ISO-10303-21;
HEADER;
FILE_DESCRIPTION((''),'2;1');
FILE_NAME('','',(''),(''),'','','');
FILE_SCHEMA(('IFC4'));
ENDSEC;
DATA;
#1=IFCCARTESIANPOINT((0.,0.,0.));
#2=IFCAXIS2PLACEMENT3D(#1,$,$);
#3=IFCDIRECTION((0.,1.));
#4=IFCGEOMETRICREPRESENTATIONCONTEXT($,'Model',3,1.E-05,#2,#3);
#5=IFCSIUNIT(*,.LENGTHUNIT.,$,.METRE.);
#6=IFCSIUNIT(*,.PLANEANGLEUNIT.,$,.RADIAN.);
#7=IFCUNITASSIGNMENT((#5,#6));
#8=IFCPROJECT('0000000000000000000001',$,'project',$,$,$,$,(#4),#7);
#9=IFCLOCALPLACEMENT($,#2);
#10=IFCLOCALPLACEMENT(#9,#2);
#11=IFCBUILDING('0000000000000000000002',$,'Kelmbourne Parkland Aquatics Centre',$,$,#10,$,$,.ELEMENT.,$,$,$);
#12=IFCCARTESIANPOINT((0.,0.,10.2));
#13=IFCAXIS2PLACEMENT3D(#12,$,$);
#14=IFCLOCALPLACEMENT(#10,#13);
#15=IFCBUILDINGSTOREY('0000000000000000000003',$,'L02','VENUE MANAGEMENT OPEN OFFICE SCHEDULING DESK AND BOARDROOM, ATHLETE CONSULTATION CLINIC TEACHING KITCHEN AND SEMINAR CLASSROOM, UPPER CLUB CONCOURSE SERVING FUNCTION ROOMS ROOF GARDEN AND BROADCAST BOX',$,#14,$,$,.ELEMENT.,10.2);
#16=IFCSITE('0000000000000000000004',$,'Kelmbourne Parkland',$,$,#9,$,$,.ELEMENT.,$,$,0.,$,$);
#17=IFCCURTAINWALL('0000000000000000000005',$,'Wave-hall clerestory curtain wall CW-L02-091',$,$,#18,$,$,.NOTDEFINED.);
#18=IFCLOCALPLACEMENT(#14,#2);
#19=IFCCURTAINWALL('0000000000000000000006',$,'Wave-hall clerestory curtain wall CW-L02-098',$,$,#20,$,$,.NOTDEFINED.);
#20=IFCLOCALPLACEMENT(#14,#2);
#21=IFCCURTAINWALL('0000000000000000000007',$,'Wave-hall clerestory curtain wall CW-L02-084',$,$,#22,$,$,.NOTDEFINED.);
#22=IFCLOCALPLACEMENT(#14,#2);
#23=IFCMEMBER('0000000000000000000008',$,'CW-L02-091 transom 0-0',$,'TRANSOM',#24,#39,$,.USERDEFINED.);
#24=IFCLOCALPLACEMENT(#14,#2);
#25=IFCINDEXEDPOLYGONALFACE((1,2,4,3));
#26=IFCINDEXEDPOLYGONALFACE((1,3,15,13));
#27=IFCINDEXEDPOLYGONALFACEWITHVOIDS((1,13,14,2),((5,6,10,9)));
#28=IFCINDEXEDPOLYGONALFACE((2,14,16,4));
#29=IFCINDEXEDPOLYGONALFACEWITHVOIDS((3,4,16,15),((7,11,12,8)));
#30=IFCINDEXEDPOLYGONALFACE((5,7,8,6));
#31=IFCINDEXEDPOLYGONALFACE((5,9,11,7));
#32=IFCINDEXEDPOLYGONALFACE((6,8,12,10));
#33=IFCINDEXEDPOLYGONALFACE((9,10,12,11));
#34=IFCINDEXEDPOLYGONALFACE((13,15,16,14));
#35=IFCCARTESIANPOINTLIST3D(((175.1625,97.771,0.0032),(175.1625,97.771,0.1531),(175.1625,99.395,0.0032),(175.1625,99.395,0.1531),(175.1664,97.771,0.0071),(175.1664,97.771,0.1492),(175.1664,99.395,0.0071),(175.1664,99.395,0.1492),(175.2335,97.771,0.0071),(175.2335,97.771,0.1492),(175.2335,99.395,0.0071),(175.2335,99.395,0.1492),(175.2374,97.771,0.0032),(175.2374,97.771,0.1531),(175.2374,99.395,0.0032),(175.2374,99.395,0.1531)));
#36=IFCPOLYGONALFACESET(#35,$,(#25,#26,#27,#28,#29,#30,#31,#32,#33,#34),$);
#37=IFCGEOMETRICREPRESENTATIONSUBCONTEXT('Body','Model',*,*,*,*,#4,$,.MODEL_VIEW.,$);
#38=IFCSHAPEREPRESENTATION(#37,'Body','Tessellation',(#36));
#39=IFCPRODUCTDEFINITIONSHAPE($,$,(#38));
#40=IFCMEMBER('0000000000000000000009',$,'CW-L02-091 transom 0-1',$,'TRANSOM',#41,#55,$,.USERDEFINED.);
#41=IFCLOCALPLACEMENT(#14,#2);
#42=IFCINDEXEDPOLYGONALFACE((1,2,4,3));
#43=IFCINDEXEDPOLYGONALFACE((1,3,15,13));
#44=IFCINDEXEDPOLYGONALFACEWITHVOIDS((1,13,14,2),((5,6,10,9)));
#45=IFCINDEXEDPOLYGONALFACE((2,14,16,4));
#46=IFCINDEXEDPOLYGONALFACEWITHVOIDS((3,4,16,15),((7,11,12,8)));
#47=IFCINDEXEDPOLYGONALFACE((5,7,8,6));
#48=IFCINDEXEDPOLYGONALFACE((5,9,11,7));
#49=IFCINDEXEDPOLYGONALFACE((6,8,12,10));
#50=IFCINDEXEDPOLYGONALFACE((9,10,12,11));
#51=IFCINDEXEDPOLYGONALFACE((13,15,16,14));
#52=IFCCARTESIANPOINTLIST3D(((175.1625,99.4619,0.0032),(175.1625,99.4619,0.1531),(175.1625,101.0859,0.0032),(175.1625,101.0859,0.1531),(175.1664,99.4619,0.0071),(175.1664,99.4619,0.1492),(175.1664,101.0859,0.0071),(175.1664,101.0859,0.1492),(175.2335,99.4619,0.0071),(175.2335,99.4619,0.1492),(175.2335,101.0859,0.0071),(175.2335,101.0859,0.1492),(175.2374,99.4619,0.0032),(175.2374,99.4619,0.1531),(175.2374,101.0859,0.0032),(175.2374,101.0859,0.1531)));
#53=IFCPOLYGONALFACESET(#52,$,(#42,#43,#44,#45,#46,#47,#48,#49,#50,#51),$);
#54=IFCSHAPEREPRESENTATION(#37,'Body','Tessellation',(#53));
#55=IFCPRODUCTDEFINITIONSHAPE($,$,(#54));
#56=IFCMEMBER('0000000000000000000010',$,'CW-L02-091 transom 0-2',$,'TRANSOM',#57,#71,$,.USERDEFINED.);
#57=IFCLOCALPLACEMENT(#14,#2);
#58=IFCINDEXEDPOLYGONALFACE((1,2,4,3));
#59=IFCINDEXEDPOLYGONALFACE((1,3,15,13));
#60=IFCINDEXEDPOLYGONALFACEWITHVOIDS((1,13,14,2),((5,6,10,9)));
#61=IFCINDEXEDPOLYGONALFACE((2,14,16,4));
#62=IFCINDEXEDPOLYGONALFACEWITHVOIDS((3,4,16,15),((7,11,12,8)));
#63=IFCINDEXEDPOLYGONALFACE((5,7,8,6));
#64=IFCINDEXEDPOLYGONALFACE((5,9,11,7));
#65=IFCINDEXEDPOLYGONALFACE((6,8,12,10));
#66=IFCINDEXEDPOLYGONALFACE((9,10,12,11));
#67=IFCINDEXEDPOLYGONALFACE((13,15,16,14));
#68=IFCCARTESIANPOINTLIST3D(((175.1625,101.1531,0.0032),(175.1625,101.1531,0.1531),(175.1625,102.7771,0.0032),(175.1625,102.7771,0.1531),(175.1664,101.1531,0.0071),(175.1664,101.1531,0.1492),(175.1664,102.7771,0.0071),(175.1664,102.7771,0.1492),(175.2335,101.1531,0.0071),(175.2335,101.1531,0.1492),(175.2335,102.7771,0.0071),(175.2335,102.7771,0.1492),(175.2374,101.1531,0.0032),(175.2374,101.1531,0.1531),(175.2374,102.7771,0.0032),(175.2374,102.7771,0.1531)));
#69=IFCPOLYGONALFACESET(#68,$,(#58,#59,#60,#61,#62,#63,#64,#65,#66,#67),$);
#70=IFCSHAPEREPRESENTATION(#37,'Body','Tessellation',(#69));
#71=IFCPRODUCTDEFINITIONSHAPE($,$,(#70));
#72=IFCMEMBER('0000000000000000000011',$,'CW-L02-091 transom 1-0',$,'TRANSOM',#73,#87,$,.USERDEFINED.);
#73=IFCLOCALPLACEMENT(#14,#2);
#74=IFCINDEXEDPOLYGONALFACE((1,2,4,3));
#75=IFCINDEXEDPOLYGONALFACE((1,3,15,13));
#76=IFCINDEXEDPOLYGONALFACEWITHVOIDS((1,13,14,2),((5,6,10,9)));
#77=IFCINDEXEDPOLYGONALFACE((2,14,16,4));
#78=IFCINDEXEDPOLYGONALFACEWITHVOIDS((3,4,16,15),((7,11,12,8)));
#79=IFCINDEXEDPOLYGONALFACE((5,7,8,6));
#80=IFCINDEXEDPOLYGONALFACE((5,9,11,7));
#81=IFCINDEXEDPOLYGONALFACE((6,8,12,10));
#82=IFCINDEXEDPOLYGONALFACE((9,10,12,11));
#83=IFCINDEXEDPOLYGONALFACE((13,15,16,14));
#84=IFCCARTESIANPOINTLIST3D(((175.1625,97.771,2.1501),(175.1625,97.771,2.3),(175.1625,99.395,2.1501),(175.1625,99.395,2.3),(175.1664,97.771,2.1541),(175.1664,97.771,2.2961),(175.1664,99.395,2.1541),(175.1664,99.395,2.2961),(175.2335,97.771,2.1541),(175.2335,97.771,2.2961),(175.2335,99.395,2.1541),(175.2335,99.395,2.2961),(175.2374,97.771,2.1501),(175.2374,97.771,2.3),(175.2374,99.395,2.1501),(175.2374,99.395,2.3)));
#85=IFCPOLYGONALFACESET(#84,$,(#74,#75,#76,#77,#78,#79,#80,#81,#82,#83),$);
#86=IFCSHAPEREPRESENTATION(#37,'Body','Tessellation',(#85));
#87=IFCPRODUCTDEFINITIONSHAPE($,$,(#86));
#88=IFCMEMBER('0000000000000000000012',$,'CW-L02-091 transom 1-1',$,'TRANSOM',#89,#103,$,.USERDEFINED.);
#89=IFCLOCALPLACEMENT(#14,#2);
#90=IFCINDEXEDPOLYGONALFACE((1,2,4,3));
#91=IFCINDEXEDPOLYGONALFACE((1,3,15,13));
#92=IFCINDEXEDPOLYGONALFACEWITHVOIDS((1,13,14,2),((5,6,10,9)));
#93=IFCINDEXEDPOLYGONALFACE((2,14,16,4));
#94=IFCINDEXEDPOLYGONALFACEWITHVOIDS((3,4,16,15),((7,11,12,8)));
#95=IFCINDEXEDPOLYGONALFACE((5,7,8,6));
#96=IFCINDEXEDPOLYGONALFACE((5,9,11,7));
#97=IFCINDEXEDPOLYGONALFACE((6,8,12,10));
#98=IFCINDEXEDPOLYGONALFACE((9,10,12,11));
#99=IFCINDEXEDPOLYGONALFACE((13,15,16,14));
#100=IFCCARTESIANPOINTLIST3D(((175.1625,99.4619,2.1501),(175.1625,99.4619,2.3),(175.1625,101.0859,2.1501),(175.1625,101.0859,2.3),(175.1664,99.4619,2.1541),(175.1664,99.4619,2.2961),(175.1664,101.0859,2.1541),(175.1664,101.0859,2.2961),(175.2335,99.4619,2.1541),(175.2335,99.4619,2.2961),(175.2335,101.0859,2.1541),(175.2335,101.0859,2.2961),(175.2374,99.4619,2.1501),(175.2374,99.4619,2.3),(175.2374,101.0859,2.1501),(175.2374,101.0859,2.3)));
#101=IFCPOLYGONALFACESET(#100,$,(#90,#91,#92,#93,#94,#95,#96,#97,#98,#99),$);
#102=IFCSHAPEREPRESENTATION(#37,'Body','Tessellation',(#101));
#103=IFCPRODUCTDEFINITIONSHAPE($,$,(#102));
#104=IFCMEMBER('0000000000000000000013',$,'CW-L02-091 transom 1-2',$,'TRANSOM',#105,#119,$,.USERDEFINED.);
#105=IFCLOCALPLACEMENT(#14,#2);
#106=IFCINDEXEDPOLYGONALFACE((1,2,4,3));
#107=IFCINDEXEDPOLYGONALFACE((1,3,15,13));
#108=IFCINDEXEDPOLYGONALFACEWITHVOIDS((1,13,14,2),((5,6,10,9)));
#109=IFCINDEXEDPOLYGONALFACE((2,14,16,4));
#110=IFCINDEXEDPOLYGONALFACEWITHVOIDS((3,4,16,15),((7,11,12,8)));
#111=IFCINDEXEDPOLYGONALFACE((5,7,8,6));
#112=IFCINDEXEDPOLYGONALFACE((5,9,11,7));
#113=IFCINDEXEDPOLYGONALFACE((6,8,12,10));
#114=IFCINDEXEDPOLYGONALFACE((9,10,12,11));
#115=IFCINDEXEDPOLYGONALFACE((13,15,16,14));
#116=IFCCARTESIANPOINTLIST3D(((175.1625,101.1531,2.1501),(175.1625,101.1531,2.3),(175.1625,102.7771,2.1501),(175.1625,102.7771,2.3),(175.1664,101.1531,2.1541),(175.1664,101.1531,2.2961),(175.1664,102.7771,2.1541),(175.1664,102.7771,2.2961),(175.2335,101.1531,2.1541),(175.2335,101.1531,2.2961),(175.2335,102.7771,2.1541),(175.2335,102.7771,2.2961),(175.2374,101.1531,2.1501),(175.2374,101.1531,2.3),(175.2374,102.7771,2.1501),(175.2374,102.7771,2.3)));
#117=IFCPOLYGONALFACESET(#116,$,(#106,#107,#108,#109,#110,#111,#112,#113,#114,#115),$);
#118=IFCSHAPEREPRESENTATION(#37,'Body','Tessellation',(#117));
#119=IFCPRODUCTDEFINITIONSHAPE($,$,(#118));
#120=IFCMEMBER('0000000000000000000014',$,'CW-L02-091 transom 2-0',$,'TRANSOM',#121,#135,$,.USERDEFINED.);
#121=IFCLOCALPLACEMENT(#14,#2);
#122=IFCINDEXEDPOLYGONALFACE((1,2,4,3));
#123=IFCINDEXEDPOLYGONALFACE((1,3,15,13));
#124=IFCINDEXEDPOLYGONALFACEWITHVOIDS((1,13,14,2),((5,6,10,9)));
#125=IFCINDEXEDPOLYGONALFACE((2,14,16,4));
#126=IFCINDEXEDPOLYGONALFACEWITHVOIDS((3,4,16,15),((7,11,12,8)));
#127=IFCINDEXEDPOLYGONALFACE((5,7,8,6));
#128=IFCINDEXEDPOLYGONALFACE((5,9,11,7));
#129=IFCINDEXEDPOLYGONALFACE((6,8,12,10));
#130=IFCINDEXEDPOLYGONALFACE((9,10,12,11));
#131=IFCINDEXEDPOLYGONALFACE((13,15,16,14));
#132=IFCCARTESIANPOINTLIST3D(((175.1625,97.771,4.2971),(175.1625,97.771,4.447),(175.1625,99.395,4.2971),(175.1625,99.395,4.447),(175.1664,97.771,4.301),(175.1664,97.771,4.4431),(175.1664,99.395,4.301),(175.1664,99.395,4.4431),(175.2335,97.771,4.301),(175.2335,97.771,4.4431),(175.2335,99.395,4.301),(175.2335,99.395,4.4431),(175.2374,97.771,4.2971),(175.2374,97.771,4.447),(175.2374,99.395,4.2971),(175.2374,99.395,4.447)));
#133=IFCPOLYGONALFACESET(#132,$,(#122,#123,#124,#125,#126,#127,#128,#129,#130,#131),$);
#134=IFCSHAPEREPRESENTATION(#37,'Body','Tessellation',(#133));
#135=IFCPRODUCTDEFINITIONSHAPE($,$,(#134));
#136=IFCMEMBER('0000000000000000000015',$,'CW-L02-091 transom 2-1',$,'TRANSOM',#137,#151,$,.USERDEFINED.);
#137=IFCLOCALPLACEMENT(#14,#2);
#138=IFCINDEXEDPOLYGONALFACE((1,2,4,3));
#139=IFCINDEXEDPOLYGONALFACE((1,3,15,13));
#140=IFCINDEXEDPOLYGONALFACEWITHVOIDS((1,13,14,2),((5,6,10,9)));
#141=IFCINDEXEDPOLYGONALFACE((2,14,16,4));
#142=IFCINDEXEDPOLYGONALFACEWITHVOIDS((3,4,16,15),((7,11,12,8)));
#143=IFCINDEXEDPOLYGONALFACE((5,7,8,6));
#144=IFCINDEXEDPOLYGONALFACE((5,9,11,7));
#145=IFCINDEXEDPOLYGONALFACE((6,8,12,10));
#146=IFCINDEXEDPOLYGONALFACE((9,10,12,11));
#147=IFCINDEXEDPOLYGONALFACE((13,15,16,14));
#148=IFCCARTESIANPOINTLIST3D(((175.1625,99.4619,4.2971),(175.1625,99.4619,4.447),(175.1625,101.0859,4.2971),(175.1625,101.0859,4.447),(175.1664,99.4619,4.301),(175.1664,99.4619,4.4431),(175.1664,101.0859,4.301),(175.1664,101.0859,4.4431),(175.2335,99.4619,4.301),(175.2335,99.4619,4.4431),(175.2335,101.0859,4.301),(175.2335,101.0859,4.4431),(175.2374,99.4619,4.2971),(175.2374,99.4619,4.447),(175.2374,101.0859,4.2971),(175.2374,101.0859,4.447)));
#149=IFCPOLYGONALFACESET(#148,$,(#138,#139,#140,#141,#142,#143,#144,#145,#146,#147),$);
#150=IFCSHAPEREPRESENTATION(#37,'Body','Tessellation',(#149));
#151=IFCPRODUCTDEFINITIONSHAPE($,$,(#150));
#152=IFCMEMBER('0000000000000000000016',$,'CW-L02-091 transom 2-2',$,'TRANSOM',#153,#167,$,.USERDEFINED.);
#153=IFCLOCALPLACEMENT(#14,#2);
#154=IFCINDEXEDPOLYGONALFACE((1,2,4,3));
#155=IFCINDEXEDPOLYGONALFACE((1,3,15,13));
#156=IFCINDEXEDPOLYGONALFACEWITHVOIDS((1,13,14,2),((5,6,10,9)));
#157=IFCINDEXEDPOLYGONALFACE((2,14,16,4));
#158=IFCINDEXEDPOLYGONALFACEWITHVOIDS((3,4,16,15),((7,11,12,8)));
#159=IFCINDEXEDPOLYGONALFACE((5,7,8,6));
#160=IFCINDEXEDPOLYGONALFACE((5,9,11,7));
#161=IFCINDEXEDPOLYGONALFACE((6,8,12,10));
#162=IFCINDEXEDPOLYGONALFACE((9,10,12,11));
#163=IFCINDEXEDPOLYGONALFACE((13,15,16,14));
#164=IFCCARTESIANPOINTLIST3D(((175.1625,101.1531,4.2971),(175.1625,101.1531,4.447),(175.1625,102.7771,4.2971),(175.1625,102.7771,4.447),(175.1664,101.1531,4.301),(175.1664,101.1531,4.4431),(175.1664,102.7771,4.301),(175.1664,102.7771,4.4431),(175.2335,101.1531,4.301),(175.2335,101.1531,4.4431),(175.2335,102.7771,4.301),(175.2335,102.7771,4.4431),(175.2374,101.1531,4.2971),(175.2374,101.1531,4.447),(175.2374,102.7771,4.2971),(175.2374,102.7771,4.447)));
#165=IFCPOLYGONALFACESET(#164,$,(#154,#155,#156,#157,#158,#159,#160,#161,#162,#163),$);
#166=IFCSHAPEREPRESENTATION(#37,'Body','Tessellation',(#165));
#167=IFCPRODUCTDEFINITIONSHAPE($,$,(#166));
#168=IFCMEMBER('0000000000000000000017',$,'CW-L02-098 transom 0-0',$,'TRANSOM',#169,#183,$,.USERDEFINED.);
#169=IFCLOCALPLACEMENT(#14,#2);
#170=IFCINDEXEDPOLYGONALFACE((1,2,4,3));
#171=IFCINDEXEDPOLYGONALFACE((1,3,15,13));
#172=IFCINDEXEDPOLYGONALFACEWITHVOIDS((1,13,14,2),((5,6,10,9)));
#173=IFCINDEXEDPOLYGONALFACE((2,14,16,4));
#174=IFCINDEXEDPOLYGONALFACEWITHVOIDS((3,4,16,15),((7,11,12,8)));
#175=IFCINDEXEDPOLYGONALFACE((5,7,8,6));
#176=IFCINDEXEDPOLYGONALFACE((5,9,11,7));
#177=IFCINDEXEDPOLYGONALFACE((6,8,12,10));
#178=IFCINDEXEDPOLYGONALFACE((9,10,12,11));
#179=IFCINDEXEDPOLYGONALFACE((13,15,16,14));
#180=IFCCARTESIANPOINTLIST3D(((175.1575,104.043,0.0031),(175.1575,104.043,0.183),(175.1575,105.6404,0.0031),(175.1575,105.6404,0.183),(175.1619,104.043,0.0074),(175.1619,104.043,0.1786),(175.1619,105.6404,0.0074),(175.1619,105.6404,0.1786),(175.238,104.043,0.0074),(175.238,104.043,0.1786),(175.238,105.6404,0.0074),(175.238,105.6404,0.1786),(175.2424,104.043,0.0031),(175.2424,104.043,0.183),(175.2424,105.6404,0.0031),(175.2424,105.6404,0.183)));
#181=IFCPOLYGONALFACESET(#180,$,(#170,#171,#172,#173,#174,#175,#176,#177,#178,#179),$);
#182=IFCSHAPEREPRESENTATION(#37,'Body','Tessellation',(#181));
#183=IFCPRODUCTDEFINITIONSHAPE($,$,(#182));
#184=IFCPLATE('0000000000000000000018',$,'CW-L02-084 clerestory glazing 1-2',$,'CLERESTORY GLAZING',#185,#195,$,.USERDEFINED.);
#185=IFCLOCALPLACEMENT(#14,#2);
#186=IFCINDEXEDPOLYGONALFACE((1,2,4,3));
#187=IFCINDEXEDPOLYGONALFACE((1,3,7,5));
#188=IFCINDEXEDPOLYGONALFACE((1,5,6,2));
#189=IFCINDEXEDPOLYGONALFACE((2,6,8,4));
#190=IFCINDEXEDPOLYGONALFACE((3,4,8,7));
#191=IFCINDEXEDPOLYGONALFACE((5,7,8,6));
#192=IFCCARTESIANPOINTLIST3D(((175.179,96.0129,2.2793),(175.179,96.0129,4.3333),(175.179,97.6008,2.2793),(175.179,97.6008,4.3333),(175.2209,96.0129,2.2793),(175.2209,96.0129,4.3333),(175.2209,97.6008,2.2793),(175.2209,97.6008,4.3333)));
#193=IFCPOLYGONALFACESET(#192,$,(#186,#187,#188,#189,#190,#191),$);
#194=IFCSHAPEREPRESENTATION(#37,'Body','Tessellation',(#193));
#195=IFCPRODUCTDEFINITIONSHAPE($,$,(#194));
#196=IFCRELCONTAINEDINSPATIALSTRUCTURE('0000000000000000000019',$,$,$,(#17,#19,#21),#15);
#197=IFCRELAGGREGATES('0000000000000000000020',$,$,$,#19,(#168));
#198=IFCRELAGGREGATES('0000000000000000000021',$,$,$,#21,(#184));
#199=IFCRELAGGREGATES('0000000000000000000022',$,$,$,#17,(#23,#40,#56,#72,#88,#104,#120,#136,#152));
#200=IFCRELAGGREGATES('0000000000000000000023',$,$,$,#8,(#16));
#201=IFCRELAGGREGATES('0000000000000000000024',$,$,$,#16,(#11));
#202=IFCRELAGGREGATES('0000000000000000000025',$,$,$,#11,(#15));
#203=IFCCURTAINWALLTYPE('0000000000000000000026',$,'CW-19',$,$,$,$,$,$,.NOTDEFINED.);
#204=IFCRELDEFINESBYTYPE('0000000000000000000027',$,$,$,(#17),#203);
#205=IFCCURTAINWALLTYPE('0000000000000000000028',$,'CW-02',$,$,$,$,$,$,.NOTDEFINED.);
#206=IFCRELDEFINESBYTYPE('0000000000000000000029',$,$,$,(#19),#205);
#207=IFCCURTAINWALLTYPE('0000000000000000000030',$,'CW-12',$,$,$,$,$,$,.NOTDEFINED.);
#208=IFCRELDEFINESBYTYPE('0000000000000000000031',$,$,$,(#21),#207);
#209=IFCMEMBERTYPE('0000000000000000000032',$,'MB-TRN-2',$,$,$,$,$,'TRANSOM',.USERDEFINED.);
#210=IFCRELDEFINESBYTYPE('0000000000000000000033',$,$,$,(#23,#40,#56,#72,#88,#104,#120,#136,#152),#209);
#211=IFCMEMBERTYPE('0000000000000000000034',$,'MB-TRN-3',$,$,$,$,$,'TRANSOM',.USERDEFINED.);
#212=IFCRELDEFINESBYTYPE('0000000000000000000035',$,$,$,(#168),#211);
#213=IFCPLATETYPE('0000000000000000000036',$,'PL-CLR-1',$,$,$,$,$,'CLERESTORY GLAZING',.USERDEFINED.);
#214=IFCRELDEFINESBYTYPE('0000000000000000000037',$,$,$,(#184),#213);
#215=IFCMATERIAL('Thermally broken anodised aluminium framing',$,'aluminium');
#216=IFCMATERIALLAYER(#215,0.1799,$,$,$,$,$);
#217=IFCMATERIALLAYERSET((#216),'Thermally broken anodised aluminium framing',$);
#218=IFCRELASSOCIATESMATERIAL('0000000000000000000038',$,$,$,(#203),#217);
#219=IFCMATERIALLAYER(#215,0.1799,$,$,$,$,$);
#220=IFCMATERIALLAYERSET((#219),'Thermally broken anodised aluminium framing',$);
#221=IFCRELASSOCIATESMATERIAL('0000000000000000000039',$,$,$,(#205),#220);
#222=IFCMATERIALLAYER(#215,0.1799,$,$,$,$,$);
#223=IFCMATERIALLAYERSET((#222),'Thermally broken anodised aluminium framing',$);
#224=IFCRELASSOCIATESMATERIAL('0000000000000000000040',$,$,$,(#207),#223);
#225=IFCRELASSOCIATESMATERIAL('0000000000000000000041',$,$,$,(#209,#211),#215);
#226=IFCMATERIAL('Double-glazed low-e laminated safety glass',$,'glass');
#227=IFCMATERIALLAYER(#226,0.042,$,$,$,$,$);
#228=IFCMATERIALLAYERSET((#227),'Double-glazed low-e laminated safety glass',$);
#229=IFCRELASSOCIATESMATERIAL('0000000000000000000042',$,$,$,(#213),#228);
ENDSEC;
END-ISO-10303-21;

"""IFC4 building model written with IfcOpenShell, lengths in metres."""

from ifc_helpers import new_model, si_unit, direction, frame, origin, origin_2d, place, context, subcontext, project, spatial, rectangle, hollow_rectangle, extrude, material, layer, layer_set, material_profile, profile_set, type_object, element, aggregate, save


model = new_model("IFC4")

# Units and contexts
model_context = context("Model", 3, precision=1e-05, world=origin(), true_north=direction((0.0, 1.0)))
body_context = subcontext(model_context, "Body", "Model", "MODEL_VIEW")
ifc_project = project(units=[si_unit("LENGTHUNIT", "METRE"), si_unit("PLANEANGLEUNIT", "RADIAN")], contexts=[model_context])

# Site, building, storey
site_placement = place(None, origin())
site = spatial("IfcSite", under=ifc_project, at=site_placement, Name="Kelmbourne Parkland", CompositionType="ELEMENT", RefElevation=0.0)
building_placement = place(site_placement, origin())
building = spatial("IfcBuilding", under=site, at=building_placement, Name="Kelmbourne Parkland Aquatics Centre", CompositionType="ELEMENT")
storey_placement = place(building_placement, frame((0.0, 0.0, 10.2)))
storey = spatial("IfcBuildingStorey", under=building, at=storey_placement, Name="L02", Description="VENUE MANAGEMENT OPEN OFFICE SCHEDULING DESK AND BOARDROOM, ATHLETE CONSULTATION CLINIC TEACHING KITCHEN AND SEMINAR CLASSROOM, UPPER CLUB CONCOURSE SERVING FUNCTION ROOMS ROOF GARDEN AND BROADCAST BOX", CompositionType="ELEMENT", Elevation=10.2)

# Curtain wall
ifc_material_1 = material(Name="Thermally broken anodised aluminium framing", Category="aluminium")
ifc_layer_1 = layer(ifc_material_1, 0.1799)
ifc_layer_set_1 = layer_set([ifc_layer_1], Name="Thermally broken anodised aluminium framing")
curtain_wall_type_1 = type_object("IfcCurtainWallType", Name="CW-19", PredefinedType="NOTDEFINED", material=ifc_layer_set_1)
curtain_wall_1_placement = place(storey_placement, origin())
curtain_wall_1 = element("IfcCurtainWall", 1, at=curtain_wall_1_placement, inside=storey, type_object=curtain_wall_type_1, Name="Wave-hall clerestory curtain wall CW-L02-091", PredefinedType="NOTDEFINED")

# Curtain wall
ifc_layer_2 = layer(ifc_material_1, 0.1799)
ifc_layer_set_2 = layer_set([ifc_layer_2], Name="Thermally broken anodised aluminium framing")
curtain_wall_type_2 = type_object("IfcCurtainWallType", Name="CW-02", PredefinedType="NOTDEFINED", material=ifc_layer_set_2)
curtain_wall_2_placement = place(storey_placement, origin())
curtain_wall_2 = element("IfcCurtainWall", 2, at=curtain_wall_2_placement, inside=storey, type_object=curtain_wall_type_2, Name="Wave-hall clerestory curtain wall CW-L02-098", PredefinedType="NOTDEFINED")

# Curtain wall
ifc_layer_3 = layer(ifc_material_1, 0.1799)
ifc_layer_set_3 = layer_set([ifc_layer_3], Name="Thermally broken anodised aluminium framing")
curtain_wall_type_3 = type_object("IfcCurtainWallType", Name="CW-12", PredefinedType="NOTDEFINED", material=ifc_layer_set_3)
curtain_wall_3_placement = place(storey_placement, origin())
curtain_wall_3 = element("IfcCurtainWall", 3, at=curtain_wall_3_placement, inside=storey, type_object=curtain_wall_type_3, Name="Wave-hall clerestory curtain wall CW-L02-084", PredefinedType="NOTDEFINED")

# Members
ifc_material_profile_1 = material_profile(ifc_material_1, hollow_rectangle(XDim=0.075, YDim=0.1499, WallThickness=0.0039, at=origin_2d()), Name="CW-T 75x150")
ifc_profile_set_1 = profile_set([ifc_material_profile_1], Name="Thermally broken anodised aluminium framing")
member_type_1 = type_object("IfcMemberType", Name="MB-TRN-2", ElementType="TRANSOM", PredefinedType="USERDEFINED", material=ifc_profile_set_1)
member_1_placement = place(storey_placement, frame((175.2, 97.771, 0.0781), z_axis=(0.0, 1.0, 0.0), x_axis=(-1.0, 0.0, 0.0)))
member_1 = element("IfcMember", 4, at=member_1_placement, type_object=member_type_1, Name="CW-L02-091 transom 0-0", ObjectType="TRANSOM", PredefinedType="USERDEFINED", context=body_context, shape_type="SweptSolid", body=[
    extrude(hollow_rectangle(XDim=0.075, YDim=0.1499, WallThickness=0.0039, at=origin_2d()), origin(), (0.0, 0.0, 1.0), 1.624),
])
member_2_placement = place(storey_placement, frame((175.2, 99.4619, 0.0781), z_axis=(0.0, 1.0, 0.0), x_axis=(-1.0, 0.0, 0.0)))
member_2 = element("IfcMember", 5, at=member_2_placement, type_object=member_type_1, Name="CW-L02-091 transom 0-1", ObjectType="TRANSOM", PredefinedType="USERDEFINED", context=body_context, shape_type="SweptSolid", body=[
    extrude(hollow_rectangle(XDim=0.075, YDim=0.1499, WallThickness=0.0039, at=origin_2d()), origin(), (0.0, 0.0, 1.0), 1.624),
])
member_3_placement = place(storey_placement, frame((175.2, 101.1531, 0.0781), z_axis=(0.0, 1.0, 0.0), x_axis=(-1.0, 0.0, 0.0)))
member_3 = element("IfcMember", 6, at=member_3_placement, type_object=member_type_1, Name="CW-L02-091 transom 0-2", ObjectType="TRANSOM", PredefinedType="USERDEFINED", context=body_context, shape_type="SweptSolid", body=[
    extrude(hollow_rectangle(XDim=0.075, YDim=0.1499, WallThickness=0.0039, at=origin_2d()), origin(), (0.0, 0.0, 1.0), 1.624),
])
member_4_placement = place(storey_placement, frame((175.2, 97.771, 2.2251), z_axis=(0.0, 1.0, 0.0), x_axis=(-1.0, 0.0, 0.0)))
member_4 = element("IfcMember", 7, at=member_4_placement, type_object=member_type_1, Name="CW-L02-091 transom 1-0", ObjectType="TRANSOM", PredefinedType="USERDEFINED", context=body_context, shape_type="SweptSolid", body=[
    extrude(hollow_rectangle(XDim=0.075, YDim=0.1499, WallThickness=0.0039, at=origin_2d()), origin(), (0.0, 0.0, 1.0), 1.624),
])
member_5_placement = place(storey_placement, frame((175.2, 99.4619, 2.2251), z_axis=(0.0, 1.0, 0.0), x_axis=(-1.0, 0.0, 0.0)))
member_5 = element("IfcMember", 8, at=member_5_placement, type_object=member_type_1, Name="CW-L02-091 transom 1-1", ObjectType="TRANSOM", PredefinedType="USERDEFINED", context=body_context, shape_type="SweptSolid", body=[
    extrude(hollow_rectangle(XDim=0.075, YDim=0.1499, WallThickness=0.0039, at=origin_2d()), origin(), (0.0, 0.0, 1.0), 1.624),
])
member_6_placement = place(storey_placement, frame((175.2, 101.1531, 2.2251), z_axis=(0.0, 1.0, 0.0), x_axis=(-1.0, 0.0, 0.0)))
member_6 = element("IfcMember", 9, at=member_6_placement, type_object=member_type_1, Name="CW-L02-091 transom 1-2", ObjectType="TRANSOM", PredefinedType="USERDEFINED", context=body_context, shape_type="SweptSolid", body=[
    extrude(hollow_rectangle(XDim=0.075, YDim=0.1499, WallThickness=0.0039, at=origin_2d()), origin(), (0.0, 0.0, 1.0), 1.624),
])
member_7_placement = place(storey_placement, frame((175.2, 97.771, 4.3721), z_axis=(0.0, 1.0, 0.0), x_axis=(-1.0, 0.0, 0.0)))
member_7 = element("IfcMember", 10, at=member_7_placement, type_object=member_type_1, Name="CW-L02-091 transom 2-0", ObjectType="TRANSOM", PredefinedType="USERDEFINED", context=body_context, shape_type="SweptSolid", body=[
    extrude(hollow_rectangle(XDim=0.075, YDim=0.1499, WallThickness=0.0039, at=origin_2d()), origin(), (0.0, 0.0, 1.0), 1.624),
])
member_8_placement = place(storey_placement, frame((175.2, 99.4619, 4.3721), z_axis=(0.0, 1.0, 0.0), x_axis=(-1.0, 0.0, 0.0)))
member_8 = element("IfcMember", 11, at=member_8_placement, type_object=member_type_1, Name="CW-L02-091 transom 2-1", ObjectType="TRANSOM", PredefinedType="USERDEFINED", context=body_context, shape_type="SweptSolid", body=[
    extrude(hollow_rectangle(XDim=0.075, YDim=0.1499, WallThickness=0.0039, at=origin_2d()), origin(), (0.0, 0.0, 1.0), 1.624),
])
member_9_placement = place(storey_placement, frame((175.2, 101.1531, 4.3721), z_axis=(0.0, 1.0, 0.0), x_axis=(-1.0, 0.0, 0.0)))
member_9 = element("IfcMember", 12, at=member_9_placement, type_object=member_type_1, Name="CW-L02-091 transom 2-2", ObjectType="TRANSOM", PredefinedType="USERDEFINED", context=body_context, shape_type="SweptSolid", body=[
    extrude(hollow_rectangle(XDim=0.075, YDim=0.1499, WallThickness=0.0039, at=origin_2d()), origin(), (0.0, 0.0, 1.0), 1.624),
])
ifc_material_profile_2 = material_profile(ifc_material_1, hollow_rectangle(XDim=0.085, YDim=0.1799, WallThickness=0.0044, at=origin_2d()), Name="CW-T 85x180")
ifc_profile_set_2 = profile_set([ifc_material_profile_2], Name="Thermally broken anodised aluminium framing")
member_type_2 = type_object("IfcMemberType", Name="MB-TRN-3", ElementType="TRANSOM", PredefinedType="USERDEFINED", material=ifc_profile_set_2)
member_10_placement = place(storey_placement, frame((175.2, 104.043, 0.093), z_axis=(0.0, 1.0, 0.0), x_axis=(-1.0, 0.0, 0.0)))
member_10 = element("IfcMember", 13, at=member_10_placement, type_object=member_type_2, Name="CW-L02-098 transom 0-0", ObjectType="TRANSOM", PredefinedType="USERDEFINED", context=body_context, shape_type="SweptSolid", body=[
    extrude(hollow_rectangle(XDim=0.085, YDim=0.1799, WallThickness=0.0044, at=origin_2d()), origin(), (0.0, 0.0, 1.0), 1.5974),
])
aggregate(curtain_wall_2, [member_10])

# Plate
ifc_material_2 = material(Name="Double-glazed low-e laminated safety glass", Category="glass")
ifc_layer_4 = layer(ifc_material_2, 0.042)
ifc_layer_set_4 = layer_set([ifc_layer_4], Name="Double-glazed low-e laminated safety glass")
plate_type_1 = type_object("IfcPlateType", Name="PL-CLR-1", ElementType="CLERESTORY GLAZING", PredefinedType="USERDEFINED", material=ifc_layer_set_4)
plate_1_placement = place(storey_placement, frame((175.2, 96.8069, 2.2793), z_axis=(0.0, 0.0, 1.0), x_axis=(0.0, 1.0, 0.0)))
plate_1 = element("IfcPlate", 14, at=plate_1_placement, type_object=plate_type_1, Name="CW-L02-084 clerestory glazing 1-2", ObjectType="CLERESTORY GLAZING", PredefinedType="USERDEFINED", context=body_context, shape_type="SweptSolid", body=[
    extrude(rectangle(XDim=1.5879, YDim=0.042, at=origin_2d()), origin(), (0.0, 0.0, 1.0), 2.054),
])
aggregate(curtain_wall_3, [plate_1])
aggregate(curtain_wall_1, [member_1, member_2, member_3, member_4, member_5, member_6, member_7, member_8, member_9])

save(model, "model.ifc")
